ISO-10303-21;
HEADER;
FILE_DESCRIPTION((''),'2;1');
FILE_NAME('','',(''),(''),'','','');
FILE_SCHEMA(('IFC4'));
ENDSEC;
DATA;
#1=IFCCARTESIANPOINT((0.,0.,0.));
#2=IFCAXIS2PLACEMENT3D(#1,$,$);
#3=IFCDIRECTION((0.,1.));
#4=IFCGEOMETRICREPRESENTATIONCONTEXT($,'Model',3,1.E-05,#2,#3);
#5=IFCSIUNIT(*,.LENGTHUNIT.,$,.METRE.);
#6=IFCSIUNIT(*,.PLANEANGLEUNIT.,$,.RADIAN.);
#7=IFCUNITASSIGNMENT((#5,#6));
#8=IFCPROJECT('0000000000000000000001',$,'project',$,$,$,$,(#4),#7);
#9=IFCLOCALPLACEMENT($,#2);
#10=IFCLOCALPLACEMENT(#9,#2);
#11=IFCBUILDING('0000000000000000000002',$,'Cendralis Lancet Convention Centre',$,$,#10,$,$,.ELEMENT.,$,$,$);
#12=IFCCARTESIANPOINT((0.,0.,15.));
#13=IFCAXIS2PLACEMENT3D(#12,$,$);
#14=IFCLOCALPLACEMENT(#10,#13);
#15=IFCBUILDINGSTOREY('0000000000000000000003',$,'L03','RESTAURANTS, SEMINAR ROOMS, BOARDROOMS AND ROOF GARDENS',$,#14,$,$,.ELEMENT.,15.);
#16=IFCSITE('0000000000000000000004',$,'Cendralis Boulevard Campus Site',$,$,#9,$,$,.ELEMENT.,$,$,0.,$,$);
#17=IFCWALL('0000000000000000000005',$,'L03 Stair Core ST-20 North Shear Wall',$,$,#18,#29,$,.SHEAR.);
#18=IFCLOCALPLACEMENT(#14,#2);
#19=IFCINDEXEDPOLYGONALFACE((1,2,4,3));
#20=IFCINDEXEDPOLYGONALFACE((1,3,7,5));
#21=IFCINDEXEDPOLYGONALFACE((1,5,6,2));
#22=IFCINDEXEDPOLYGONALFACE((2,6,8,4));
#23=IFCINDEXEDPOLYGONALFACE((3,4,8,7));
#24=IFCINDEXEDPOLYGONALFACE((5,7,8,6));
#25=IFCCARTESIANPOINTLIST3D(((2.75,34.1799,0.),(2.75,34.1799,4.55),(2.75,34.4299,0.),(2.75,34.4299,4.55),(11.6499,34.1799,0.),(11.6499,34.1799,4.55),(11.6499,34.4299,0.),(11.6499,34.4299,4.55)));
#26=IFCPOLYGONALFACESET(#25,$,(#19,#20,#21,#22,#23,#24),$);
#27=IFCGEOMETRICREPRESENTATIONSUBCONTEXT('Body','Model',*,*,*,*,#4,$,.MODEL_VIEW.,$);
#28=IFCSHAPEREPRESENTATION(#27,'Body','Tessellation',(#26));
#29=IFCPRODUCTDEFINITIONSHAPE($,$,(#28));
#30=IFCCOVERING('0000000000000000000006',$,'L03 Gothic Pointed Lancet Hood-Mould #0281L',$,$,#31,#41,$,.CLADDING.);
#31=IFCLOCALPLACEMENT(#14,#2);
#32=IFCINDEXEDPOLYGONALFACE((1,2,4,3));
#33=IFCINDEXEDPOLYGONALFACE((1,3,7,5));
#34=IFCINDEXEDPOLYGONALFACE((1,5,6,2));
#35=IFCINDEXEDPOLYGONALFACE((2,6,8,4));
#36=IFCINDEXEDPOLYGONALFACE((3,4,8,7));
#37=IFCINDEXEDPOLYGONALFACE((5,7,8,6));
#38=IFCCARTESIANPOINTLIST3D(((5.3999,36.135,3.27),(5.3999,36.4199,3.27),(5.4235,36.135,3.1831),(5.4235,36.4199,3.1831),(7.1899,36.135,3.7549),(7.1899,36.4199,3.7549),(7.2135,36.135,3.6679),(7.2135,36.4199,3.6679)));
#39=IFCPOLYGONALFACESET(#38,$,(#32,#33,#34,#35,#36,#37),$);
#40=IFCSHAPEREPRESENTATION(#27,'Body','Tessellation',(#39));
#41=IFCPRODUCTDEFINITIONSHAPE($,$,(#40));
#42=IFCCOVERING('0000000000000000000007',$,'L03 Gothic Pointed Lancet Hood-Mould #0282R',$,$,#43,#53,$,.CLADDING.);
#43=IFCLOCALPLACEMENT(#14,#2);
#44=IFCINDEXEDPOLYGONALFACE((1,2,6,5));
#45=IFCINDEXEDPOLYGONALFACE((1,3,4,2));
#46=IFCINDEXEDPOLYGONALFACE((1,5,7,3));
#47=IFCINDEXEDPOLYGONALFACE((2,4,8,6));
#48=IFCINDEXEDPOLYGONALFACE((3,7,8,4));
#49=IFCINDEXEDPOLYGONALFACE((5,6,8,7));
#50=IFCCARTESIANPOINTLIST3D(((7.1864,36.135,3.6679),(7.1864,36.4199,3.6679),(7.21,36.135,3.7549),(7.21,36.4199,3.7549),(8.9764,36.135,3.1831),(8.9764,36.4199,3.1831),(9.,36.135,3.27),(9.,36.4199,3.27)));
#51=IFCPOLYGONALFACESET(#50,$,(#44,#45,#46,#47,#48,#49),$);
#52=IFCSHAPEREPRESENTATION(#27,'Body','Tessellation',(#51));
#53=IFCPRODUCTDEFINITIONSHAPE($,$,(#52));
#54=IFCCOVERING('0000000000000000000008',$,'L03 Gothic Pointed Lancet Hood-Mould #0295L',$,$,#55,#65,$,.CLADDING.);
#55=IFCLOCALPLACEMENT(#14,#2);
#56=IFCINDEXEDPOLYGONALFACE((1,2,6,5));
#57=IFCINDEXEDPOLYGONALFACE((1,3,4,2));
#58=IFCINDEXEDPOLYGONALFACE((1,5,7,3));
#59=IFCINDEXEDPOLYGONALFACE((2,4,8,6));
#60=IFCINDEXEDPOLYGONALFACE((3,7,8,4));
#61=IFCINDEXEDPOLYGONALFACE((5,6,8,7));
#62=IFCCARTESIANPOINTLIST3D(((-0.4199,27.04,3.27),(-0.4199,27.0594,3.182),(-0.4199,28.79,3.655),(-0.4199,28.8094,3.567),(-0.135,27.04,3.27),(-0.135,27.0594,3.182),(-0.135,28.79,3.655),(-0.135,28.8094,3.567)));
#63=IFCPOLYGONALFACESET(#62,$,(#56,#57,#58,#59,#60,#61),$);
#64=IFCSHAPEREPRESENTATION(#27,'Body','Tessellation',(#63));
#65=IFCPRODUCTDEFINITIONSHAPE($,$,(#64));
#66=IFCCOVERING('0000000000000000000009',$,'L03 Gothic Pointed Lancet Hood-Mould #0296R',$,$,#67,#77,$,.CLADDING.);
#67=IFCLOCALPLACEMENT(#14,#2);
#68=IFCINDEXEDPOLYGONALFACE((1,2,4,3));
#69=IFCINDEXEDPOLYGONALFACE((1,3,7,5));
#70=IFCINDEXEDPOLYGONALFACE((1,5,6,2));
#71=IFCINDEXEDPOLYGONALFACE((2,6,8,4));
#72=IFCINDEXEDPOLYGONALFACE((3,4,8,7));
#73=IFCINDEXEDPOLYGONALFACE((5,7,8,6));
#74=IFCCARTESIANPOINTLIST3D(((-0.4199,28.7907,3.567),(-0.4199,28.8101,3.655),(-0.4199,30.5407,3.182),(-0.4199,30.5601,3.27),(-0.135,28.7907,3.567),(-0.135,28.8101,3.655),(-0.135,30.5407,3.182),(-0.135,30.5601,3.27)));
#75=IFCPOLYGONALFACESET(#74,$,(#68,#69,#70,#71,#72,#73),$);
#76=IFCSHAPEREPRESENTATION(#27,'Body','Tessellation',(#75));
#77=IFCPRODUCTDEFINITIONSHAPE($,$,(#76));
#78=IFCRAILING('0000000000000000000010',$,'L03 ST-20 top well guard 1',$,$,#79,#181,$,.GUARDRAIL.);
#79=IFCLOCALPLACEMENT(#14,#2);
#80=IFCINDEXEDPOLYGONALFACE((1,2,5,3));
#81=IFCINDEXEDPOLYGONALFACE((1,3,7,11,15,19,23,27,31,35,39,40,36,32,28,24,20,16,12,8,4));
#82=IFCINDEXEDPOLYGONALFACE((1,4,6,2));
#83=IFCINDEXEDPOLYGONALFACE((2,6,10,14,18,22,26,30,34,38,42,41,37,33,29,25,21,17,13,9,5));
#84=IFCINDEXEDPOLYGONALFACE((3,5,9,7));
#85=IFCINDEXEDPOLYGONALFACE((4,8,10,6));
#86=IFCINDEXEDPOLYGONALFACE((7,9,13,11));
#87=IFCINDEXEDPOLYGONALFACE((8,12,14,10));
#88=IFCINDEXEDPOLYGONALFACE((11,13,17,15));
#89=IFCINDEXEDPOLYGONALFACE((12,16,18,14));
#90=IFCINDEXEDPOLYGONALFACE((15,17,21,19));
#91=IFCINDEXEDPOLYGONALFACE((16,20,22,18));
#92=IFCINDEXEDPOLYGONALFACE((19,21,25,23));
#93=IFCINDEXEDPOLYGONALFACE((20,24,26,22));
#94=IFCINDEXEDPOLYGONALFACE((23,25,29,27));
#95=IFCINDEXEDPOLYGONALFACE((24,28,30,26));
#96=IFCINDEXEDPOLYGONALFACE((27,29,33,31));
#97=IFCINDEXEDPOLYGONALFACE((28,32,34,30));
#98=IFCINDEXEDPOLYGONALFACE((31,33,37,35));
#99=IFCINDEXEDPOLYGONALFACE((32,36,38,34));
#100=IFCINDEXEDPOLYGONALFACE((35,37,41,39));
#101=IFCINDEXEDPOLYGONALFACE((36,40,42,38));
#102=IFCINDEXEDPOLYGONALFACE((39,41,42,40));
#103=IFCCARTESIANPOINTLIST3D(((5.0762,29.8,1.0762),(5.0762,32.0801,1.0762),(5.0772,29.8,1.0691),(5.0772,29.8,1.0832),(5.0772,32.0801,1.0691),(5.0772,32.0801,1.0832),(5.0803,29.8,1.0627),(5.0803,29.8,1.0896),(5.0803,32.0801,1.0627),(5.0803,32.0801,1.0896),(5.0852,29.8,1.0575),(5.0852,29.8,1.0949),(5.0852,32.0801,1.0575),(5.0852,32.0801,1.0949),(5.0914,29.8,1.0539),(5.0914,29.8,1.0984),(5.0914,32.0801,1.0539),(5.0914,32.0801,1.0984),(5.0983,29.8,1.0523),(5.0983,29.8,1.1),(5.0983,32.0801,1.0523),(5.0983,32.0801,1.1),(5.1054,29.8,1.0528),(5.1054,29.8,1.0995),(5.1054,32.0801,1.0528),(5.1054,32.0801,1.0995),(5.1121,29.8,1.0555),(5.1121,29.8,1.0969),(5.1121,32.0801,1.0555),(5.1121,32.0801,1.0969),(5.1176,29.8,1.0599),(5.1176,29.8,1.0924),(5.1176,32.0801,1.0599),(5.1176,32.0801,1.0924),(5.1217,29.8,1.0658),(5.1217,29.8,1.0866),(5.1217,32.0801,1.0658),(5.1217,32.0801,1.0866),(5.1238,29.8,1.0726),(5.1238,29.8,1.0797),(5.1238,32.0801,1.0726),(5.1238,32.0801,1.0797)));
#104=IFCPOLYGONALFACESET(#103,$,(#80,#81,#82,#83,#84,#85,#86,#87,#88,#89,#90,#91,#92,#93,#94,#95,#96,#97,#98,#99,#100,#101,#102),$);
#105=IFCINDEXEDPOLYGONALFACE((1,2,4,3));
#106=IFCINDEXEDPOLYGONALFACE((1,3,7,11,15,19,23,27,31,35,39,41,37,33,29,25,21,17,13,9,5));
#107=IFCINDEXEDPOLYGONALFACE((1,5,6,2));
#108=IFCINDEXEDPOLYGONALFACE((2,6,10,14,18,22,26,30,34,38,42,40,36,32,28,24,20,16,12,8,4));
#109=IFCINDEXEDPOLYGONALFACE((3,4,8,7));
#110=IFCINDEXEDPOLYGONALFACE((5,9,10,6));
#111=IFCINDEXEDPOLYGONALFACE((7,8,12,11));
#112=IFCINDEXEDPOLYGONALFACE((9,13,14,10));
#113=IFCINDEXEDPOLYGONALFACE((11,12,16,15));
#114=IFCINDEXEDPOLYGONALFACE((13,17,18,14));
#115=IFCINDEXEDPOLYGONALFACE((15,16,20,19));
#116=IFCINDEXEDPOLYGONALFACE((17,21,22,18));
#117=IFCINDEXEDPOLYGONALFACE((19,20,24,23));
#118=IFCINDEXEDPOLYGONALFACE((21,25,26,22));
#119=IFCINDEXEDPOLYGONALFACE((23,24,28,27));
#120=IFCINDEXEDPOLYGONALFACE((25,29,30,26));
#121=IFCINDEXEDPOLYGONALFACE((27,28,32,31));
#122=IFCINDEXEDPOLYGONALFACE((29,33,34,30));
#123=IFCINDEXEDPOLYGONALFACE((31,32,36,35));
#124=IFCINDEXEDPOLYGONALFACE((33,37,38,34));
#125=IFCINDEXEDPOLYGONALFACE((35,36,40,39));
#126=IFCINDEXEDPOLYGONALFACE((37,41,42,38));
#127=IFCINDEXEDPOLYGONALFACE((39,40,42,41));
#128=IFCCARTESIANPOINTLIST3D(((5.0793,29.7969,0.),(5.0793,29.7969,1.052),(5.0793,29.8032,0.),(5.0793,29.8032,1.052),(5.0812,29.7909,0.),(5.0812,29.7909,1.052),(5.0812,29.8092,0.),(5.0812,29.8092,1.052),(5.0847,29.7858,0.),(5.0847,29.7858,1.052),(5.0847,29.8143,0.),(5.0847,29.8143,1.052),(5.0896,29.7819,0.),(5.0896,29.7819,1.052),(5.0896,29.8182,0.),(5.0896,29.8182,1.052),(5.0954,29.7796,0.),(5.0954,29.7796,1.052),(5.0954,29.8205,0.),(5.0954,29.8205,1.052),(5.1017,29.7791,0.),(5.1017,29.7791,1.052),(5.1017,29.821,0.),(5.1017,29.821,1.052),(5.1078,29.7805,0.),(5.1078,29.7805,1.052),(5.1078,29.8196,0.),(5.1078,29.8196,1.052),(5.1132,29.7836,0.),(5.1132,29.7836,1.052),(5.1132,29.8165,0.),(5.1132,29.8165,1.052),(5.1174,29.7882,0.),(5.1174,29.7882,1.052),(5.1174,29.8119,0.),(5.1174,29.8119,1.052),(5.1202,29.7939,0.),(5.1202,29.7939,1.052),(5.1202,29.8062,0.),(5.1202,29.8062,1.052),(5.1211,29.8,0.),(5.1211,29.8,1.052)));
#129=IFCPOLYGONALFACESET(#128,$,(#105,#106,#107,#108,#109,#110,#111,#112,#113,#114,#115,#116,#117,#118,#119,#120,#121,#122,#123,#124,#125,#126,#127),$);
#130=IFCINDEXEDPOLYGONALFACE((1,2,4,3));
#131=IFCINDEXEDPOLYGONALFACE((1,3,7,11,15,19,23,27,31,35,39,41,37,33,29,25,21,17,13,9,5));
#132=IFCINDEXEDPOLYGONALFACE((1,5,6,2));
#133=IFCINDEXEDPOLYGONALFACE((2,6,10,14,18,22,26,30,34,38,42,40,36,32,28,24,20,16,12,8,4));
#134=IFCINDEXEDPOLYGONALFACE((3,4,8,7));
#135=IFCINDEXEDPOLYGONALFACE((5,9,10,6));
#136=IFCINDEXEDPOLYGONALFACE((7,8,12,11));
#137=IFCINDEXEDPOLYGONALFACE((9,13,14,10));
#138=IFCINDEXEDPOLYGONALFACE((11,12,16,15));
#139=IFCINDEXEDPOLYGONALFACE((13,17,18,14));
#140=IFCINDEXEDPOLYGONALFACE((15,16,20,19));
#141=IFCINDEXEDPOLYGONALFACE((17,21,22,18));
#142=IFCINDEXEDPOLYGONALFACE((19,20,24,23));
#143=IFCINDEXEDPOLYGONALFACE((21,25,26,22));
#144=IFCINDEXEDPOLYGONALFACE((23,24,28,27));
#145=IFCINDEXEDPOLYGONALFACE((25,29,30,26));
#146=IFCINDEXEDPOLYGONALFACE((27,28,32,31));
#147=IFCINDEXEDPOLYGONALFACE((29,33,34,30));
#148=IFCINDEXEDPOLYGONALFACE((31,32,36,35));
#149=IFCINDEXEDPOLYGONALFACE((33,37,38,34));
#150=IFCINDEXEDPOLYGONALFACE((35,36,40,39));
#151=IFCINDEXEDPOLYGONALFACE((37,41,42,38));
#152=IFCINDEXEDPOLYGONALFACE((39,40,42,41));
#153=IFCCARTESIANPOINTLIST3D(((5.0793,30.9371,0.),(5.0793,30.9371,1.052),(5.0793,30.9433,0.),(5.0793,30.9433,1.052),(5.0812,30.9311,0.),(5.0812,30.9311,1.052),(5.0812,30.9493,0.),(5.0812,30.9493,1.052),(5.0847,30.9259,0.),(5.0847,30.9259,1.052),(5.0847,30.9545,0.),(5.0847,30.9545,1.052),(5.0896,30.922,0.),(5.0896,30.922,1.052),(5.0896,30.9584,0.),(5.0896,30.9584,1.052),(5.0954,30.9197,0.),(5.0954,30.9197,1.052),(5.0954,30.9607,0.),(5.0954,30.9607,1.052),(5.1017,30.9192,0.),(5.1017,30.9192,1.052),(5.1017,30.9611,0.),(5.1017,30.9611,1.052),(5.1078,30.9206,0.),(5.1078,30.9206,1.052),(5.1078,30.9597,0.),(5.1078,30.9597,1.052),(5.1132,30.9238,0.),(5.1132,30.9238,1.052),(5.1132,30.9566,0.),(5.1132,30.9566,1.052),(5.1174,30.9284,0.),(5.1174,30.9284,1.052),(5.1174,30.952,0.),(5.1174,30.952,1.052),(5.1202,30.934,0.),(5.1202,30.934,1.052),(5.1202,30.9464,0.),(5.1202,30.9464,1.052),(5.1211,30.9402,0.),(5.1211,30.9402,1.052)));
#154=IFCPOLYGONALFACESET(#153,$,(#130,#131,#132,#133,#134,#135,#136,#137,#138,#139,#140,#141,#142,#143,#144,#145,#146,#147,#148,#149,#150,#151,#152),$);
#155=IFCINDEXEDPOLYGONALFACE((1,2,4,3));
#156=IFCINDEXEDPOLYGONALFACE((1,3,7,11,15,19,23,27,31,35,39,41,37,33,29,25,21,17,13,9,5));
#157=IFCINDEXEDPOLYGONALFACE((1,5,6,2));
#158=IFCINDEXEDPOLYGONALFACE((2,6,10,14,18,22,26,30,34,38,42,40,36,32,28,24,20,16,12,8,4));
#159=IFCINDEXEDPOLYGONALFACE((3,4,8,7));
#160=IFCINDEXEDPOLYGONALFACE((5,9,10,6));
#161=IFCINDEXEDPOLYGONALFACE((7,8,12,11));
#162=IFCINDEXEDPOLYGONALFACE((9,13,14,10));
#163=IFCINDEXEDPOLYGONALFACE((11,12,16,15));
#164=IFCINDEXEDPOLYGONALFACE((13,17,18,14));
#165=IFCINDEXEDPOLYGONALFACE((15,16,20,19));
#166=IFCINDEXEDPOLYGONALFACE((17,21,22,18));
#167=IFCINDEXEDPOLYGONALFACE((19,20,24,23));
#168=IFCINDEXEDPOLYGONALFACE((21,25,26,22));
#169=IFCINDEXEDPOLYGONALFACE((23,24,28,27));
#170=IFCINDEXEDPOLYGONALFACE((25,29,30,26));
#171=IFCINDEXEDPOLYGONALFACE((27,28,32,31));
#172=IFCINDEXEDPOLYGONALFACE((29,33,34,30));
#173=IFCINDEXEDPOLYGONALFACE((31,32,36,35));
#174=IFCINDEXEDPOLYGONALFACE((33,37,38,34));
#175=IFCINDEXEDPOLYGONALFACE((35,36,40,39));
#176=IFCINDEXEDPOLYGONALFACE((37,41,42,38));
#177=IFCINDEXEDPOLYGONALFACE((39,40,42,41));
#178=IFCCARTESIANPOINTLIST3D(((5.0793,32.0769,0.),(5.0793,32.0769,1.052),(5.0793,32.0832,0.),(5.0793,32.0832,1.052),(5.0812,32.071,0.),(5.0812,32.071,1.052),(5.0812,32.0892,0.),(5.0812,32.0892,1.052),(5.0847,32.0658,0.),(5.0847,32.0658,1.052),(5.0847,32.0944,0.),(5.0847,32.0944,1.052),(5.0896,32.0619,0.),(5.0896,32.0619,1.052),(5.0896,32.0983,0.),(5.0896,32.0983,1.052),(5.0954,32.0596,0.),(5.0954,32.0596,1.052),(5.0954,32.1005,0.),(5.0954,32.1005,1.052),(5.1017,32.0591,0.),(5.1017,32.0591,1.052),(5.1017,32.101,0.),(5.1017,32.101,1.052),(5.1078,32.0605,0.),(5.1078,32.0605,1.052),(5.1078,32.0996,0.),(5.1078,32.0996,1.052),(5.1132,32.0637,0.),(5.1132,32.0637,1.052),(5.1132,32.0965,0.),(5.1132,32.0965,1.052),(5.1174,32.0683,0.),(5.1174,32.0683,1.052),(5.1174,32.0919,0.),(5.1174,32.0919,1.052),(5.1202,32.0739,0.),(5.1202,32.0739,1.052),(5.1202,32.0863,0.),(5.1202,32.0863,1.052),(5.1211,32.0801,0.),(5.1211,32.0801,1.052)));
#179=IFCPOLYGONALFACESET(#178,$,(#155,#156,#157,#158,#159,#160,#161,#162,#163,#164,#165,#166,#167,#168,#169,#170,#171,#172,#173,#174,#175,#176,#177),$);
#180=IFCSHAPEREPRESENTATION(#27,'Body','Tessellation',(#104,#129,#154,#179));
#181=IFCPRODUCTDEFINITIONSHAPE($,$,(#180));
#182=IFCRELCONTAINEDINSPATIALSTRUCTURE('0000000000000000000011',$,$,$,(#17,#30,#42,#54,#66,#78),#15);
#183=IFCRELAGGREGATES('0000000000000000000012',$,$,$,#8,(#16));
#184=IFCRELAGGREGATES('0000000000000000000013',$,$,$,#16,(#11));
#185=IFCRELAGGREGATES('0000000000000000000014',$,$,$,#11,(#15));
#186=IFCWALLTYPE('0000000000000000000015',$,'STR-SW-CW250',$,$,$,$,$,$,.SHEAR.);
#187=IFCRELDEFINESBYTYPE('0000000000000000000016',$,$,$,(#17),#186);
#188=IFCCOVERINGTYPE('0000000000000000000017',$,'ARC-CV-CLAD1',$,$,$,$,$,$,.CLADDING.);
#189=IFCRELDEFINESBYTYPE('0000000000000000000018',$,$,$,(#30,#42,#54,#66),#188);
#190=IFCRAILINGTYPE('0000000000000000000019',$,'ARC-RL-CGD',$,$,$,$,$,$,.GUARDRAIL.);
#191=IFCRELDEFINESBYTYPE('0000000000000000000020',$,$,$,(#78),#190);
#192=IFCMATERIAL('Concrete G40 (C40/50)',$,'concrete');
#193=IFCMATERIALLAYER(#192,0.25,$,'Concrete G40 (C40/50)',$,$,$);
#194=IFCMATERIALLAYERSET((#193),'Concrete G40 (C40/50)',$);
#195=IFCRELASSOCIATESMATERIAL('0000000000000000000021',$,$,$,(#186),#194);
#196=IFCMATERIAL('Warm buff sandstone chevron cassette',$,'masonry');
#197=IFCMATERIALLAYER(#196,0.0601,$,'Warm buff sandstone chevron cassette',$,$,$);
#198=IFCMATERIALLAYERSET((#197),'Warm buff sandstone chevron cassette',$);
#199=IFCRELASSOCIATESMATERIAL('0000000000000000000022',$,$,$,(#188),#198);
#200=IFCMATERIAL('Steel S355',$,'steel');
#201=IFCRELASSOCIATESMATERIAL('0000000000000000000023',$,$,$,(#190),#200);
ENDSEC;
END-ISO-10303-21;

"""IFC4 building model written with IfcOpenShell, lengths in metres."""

from ifc_helpers import new_model, si_unit, direction, frame, frame_2d, origin, origin_2d, place, context, subcontext, project, spatial, polyline, rectangle, circle, outline, extrude, material, layer, layer_set, type_object, element, save


model = new_model("IFC4")

# Units and contexts
model_context = context("Model", 3, precision=1e-05, world=origin(), true_north=direction((0.0, 1.0)))
body_context = subcontext(model_context, "Body", "Model", "MODEL_VIEW")
ifc_project = project(units=[si_unit("LENGTHUNIT", "METRE"), si_unit("PLANEANGLEUNIT", "RADIAN")], contexts=[model_context])

# Site, building, storey
site_placement = place(None, origin())
site = spatial("IfcSite", under=ifc_project, at=site_placement, Name="Cendralis Boulevard Campus Site", CompositionType="ELEMENT", RefElevation=0.0)
building_placement = place(site_placement, origin())
building = spatial("IfcBuilding", under=site, at=building_placement, Name="Cendralis Lancet Convention Centre", CompositionType="ELEMENT")
storey_placement = place(building_placement, frame((0.0, 0.0, 15.0)))
storey = spatial("IfcBuildingStorey", under=building, at=storey_placement, Name="L03", Description="RESTAURANTS, SEMINAR ROOMS, BOARDROOMS AND ROOF GARDENS", CompositionType="ELEMENT", Elevation=15.0)

# Shared definitions
ifc_material_1 = material(Name="Concrete G40 (C40/50)", Category="concrete")

# Shared definitions
ifc_layer_1 = layer(ifc_material_1, 0.25, Name="Concrete G40 (C40/50)")
ifc_layer_set_1 = layer_set([ifc_layer_1], Name="Concrete G40 (C40/50)")
wall_type_1 = type_object("IfcWallType", Name="STR-SW-CW250", PredefinedType="SHEAR", material=ifc_layer_set_1)
ifc_material_2 = material(Name="Steel S355", Category="steel")

# Wall
for number, where, z_axis, x_axis, name in (
    (1, (2.75, 34.3049, 0.0), (0.0, 0.0, 1.0), (1.0, 0.0, 0.0), "L03 Stair Core ST-20 North Shear Wall"),
):
    element("IfcWall", number, at=place(storey_placement, frame(where, z_axis=z_axis, x_axis=x_axis)), inside=storey, type_object=wall_type_1, Name=name, PredefinedType="SHEAR", context=body_context, shape_type="SweptSolid", body=[
        extrude(rectangle(XDim=8.8999, YDim=0.25, at=frame_2d((4.45, 0.0))), origin(), (0.0, 0.0, 1.0), 4.55),
    ])

# Coverings
ifc_material_3 = material(Name="Warm buff sandstone chevron cassette", Category="masonry")
ifc_layer_2 = layer(ifc_material_3, 0.0601, Name="Warm buff sandstone chevron cassette")
ifc_layer_set_2 = layer_set([ifc_layer_2], Name="Warm buff sandstone chevron cassette")
covering_type = type_object("IfcCoveringType", Name="ARC-CV-CLAD1", PredefinedType="CLADDING", material=ifc_layer_set_2)
for number, where, z_axis, x_axis, name in (
    (2, (5.3999, 36.4199, 3.27), (-0.261446, 0.0, 0.965218), (0.0, -1.0, 0.0), "L03 Gothic Pointed Lancet Hood-Mould #0281L"),
    (3, (7.21, 36.4199, 3.7549), (0.261446, 0.0, 0.965218), (0.0, -1.0, 0.0), "L03 Gothic Pointed Lancet Hood-Mould #0282R"),
):
    element("IfcCovering", number, at=place(storey_placement, frame(where, z_axis=z_axis, x_axis=x_axis)), inside=storey, type_object=covering_type, Name=name, PredefinedType="CLADDING", context=body_context, shape_type="SweptSolid", body=[
        extrude(outline(polyline([(0.0, 0.0), (0.2849, 0.0), (0.2849, 1.8545), (0.0, 1.8545), (0.0, 0.0)])), origin(), (0.0, 0.0, -1.0), 0.0901),
    ])
for number, where, z_axis, x_axis, name in (
    (4, (-0.4199, 27.04, 3.27), (0.0, -0.214867, 0.976643), (1.0, 0.0, 0.0), "L03 Gothic Pointed Lancet Hood-Mould #0295L"),
    (5, (-0.4199, 28.8101, 3.655), (0.0, 0.214867, 0.976643), (1.0, 0.0, 0.0), "L03 Gothic Pointed Lancet Hood-Mould #0296R"),
):
    element("IfcCovering", number, at=place(storey_placement, frame(where, z_axis=z_axis, x_axis=x_axis)), inside=storey, type_object=covering_type, Name=name, PredefinedType="CLADDING", context=body_context, shape_type="SweptSolid", body=[
        extrude(outline(polyline([(0.0, 0.0), (0.2849, 0.0), (0.2849, 1.7919), (0.0, 1.7919), (0.0, 0.0)])), origin(), (0.0, 0.0, -1.0), 0.0901),
    ])

# Railing
railing_type = type_object("IfcRailingType", Name="ARC-RL-CGD", PredefinedType="GUARDRAIL", material=ifc_material_2)
railing_placement = place(storey_placement, frame((5.1001, 29.8, 0.0)))
element("IfcRailing", 6, at=railing_placement, inside=storey, type_object=railing_type, Name="L03 ST-20 top well guard 1", PredefinedType="GUARDRAIL", context=body_context, shape_type="SweptSolid", body=[
    extrude(circle(Radius=0.0239, at=origin_2d()), frame((0.0, 0.0, 1.0762), z_axis=(0.0, 1.0, 0.0), x_axis=(-1.0, 0.0, 0.0)), (0.0, 0.0, 1.0), 2.28),
    extrude(circle(Radius=0.021, at=origin_2d()), origin(), (0.0, 0.0, 1.0), 1.052),
    extrude(circle(Radius=0.021, at=origin_2d()), frame((0.0, 1.1401, 0.0)), (0.0, 0.0, 1.0), 1.052),
    extrude(circle(Radius=0.021, at=origin_2d()), frame((0.0, 2.28, 0.0)), (0.0, 0.0, 1.0), 1.052),
])

save(model, "model.ifc")
